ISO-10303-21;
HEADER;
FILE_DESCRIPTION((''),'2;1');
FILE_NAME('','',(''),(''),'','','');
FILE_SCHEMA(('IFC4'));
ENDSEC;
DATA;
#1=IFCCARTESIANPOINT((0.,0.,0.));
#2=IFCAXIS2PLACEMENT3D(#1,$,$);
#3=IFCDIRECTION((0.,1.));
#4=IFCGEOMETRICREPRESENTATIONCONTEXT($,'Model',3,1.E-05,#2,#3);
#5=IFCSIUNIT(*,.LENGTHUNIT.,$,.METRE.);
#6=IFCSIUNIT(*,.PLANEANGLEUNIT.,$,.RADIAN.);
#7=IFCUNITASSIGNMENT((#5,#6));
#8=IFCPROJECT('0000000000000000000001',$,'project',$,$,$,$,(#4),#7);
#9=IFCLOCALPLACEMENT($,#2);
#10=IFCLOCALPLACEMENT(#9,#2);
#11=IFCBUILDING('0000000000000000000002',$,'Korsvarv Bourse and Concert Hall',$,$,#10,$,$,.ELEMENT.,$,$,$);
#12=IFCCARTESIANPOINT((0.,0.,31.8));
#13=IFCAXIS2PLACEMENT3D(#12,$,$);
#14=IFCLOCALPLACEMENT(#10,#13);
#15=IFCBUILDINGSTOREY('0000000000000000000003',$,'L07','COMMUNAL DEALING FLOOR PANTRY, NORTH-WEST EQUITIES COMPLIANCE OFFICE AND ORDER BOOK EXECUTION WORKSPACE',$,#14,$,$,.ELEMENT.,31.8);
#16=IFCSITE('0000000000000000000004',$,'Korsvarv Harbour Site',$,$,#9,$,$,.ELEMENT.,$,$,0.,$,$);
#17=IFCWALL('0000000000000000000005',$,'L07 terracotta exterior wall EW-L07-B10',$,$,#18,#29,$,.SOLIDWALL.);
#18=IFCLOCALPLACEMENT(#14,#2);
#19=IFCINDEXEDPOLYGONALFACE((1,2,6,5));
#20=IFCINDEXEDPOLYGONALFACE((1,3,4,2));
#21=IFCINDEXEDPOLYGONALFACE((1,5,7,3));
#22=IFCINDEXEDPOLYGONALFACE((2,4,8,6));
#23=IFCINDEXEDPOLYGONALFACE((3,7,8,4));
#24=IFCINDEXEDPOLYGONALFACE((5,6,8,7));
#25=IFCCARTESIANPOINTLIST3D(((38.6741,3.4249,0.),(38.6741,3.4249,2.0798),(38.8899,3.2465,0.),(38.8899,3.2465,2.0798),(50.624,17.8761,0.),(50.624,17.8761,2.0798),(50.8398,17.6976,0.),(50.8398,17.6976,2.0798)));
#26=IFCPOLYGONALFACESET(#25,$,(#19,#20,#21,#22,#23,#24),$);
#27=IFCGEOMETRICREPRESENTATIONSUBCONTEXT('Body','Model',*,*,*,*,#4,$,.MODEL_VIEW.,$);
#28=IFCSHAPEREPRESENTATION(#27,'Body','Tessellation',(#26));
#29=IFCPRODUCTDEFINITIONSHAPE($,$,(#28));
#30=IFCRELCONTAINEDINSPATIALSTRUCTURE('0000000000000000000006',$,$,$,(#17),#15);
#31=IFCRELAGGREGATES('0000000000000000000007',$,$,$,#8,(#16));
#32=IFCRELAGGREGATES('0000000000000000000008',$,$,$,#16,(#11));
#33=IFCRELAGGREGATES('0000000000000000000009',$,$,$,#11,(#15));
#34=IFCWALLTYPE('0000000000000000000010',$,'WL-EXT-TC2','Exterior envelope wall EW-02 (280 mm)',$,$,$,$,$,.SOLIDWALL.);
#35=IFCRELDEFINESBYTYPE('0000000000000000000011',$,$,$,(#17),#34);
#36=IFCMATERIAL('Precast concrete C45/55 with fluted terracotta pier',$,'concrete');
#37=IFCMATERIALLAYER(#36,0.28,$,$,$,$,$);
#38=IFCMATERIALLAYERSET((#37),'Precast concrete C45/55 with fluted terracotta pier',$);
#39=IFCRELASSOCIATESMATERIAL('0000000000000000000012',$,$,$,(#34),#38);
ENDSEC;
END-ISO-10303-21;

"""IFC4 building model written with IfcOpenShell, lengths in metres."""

from ifc_helpers import new_model, si_unit, direction, frame, frame_2d, origin, place, context, subcontext, project, spatial, rectangle, extrude, material, layer, layer_set, type_object, element, save


model = new_model("IFC4")

# Units and contexts
model_context = context("Model", 3, precision=1e-05, world=origin(), true_north=direction((0.0, 1.0)))
body_context = subcontext(model_context, "Body", "Model", "MODEL_VIEW")
ifc_project = project(units=[si_unit("LENGTHUNIT", "METRE"), si_unit("PLANEANGLEUNIT", "RADIAN")], contexts=[model_context])

# Site, building, storey
site_placement = place(None, origin())
site = spatial("IfcSite", under=ifc_project, at=site_placement, Name="Korsvarv Harbour Site", CompositionType="ELEMENT", RefElevation=0.0)
building_placement = place(site_placement, origin())
building = spatial("IfcBuilding", under=site, at=building_placement, Name="Korsvarv Bourse and Concert Hall", CompositionType="ELEMENT")
storey_placement = place(building_placement, frame((0.0, 0.0, 31.8)))
storey = spatial("IfcBuildingStorey", under=building, at=storey_placement, Name="L07", Description="COMMUNAL DEALING FLOOR PANTRY, NORTH-WEST EQUITIES COMPLIANCE OFFICE AND ORDER BOOK EXECUTION WORKSPACE", CompositionType="ELEMENT", Elevation=31.8)

# Wall
ifc_material_1 = material(Name="Precast concrete C45/55 with fluted terracotta pier", Category="concrete")
ifc_layer_1 = layer(ifc_material_1, 0.28)
ifc_layer_set_1 = layer_set([ifc_layer_1], Name="Precast concrete C45/55 with fluted terracotta pier")
wall_type = type_object("IfcWallType", Name="WL-EXT-TC2", Description="Exterior envelope wall EW-02 (280 mm)", PredefinedType="SOLIDWALL", material=ifc_layer_set_1)
wall_placement = place(storey_placement, frame((38.782, 3.3357, 0.0), z_axis=(0.0, 0.0, 1.0), x_axis=(0.637263, 0.770647, 0.0)))
element("IfcWall", 1, at=wall_placement, inside=storey, type_object=wall_type, Name="L07 terracotta exterior wall EW-L07-B10", PredefinedType="SOLIDWALL", context=body_context, shape_type="SweptSolid", body=[
    extrude(rectangle(XDim=18.752, YDim=0.28, at=frame_2d((9.376, 0.0))), origin(), (0.0, 0.0, 1.0), 2.0798),
])

save(model, "model.ifc")
